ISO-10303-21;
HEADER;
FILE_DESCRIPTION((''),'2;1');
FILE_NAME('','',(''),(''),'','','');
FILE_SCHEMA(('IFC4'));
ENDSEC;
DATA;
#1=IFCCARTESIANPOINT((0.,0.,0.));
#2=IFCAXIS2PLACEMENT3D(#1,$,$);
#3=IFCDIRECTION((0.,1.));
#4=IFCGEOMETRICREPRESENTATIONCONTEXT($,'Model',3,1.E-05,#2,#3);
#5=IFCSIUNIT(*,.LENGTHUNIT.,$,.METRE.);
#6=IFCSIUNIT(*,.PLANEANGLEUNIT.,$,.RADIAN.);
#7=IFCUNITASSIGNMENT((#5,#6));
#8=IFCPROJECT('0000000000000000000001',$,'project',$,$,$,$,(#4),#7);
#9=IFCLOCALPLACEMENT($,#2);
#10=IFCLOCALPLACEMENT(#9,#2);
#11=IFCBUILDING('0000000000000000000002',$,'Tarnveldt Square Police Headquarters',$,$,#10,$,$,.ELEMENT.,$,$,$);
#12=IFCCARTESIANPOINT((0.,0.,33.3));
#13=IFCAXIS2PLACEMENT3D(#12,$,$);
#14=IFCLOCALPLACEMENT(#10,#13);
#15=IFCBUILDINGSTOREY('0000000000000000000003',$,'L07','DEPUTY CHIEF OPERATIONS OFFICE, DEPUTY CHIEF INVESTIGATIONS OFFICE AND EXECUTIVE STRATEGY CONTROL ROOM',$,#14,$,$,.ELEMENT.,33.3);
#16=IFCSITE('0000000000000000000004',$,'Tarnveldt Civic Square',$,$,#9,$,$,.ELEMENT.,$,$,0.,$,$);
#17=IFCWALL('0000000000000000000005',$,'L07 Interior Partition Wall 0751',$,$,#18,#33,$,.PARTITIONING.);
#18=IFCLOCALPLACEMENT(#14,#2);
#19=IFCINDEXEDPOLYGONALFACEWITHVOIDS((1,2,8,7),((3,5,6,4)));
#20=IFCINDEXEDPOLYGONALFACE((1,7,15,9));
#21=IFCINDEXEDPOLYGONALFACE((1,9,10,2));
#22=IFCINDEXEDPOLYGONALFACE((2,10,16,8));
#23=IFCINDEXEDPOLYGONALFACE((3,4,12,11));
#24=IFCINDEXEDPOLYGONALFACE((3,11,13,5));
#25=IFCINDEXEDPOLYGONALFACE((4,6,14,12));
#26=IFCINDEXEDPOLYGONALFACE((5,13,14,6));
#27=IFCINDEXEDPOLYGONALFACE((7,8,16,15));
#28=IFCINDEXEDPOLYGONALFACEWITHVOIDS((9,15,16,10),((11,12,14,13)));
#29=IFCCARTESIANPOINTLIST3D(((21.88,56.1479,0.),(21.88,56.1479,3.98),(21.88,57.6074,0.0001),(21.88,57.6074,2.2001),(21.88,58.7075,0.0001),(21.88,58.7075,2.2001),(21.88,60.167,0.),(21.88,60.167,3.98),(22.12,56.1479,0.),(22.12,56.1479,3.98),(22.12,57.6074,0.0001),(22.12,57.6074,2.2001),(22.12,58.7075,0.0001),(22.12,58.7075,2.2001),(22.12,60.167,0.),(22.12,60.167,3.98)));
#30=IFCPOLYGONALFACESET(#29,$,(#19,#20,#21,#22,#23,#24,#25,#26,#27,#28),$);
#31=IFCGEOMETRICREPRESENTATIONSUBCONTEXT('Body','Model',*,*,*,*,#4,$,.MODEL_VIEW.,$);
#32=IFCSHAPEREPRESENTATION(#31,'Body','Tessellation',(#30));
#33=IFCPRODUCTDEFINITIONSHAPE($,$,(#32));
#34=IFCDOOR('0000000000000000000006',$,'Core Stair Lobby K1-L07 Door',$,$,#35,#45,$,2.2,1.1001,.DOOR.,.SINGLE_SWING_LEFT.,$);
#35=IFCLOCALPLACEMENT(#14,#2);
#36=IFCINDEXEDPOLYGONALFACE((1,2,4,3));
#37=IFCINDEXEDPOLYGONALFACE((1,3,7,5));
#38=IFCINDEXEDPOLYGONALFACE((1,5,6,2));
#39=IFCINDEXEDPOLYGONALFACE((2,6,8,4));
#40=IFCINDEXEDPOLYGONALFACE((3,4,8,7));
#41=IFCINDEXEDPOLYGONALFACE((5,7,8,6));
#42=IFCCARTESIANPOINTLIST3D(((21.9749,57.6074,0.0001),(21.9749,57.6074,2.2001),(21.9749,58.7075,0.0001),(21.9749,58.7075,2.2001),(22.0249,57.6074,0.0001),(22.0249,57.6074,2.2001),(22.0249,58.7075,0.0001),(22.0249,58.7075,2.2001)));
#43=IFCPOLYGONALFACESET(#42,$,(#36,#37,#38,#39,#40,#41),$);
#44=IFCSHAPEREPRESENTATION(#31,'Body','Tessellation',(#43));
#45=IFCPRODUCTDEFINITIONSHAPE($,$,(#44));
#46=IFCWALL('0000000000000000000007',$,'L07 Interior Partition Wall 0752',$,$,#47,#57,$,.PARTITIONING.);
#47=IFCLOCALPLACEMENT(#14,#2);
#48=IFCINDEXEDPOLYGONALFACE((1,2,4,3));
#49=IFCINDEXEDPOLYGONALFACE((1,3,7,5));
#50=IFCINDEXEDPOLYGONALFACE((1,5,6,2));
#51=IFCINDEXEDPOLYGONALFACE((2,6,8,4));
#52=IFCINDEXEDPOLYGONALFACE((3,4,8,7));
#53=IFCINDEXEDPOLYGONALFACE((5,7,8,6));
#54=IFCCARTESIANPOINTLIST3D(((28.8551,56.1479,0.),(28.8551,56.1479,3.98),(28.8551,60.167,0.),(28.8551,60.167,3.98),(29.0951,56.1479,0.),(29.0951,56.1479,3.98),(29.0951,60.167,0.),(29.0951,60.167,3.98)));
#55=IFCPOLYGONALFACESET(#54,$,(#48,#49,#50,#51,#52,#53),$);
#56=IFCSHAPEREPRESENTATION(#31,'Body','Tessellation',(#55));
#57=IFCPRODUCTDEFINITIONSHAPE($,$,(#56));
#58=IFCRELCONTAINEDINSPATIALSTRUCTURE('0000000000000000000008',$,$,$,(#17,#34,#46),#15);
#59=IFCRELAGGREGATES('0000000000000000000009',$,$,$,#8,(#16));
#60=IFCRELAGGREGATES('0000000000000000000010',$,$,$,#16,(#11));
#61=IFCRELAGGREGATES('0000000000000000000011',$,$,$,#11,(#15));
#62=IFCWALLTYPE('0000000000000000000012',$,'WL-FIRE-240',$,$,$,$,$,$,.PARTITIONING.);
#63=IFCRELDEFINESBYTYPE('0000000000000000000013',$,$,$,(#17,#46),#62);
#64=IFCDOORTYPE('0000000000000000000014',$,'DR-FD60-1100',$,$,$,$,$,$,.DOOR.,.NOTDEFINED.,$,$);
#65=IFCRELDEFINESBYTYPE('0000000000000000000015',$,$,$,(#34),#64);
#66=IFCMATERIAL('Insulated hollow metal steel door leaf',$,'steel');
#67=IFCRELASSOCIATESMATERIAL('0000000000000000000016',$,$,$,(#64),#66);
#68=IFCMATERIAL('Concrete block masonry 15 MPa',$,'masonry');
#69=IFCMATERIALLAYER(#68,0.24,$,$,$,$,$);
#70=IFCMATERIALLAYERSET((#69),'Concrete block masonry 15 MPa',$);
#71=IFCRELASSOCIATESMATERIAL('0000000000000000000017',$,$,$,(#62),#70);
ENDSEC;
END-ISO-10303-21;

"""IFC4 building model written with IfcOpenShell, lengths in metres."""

from ifc_helpers import new_model, si_unit, direction, frame, frame_2d, origin, place, context, subcontext, project, spatial, rectangle, extrude, material, layer, layer_set, type_object, element, fill, save


model = new_model("IFC4")

# Units and contexts
model_context = context("Model", 3, precision=1e-05, world=origin(), true_north=direction((0.0, 1.0)))
body_context = subcontext(model_context, "Body", "Model", "MODEL_VIEW")
ifc_project = project(units=[si_unit("LENGTHUNIT", "METRE"), si_unit("PLANEANGLEUNIT", "RADIAN")], contexts=[model_context])

# Site, building, storey
site_placement = place(None, origin())
site = spatial("IfcSite", under=ifc_project, at=site_placement, Name="Tarnveldt Civic Square", CompositionType="ELEMENT", RefElevation=0.0)
building_placement = place(site_placement, origin())
building = spatial("IfcBuilding", under=site, at=building_placement, Name="Tarnveldt Square Police Headquarters", CompositionType="ELEMENT")
storey_placement = place(building_placement, frame((0.0, 0.0, 33.3)))
storey = spatial("IfcBuildingStorey", under=building, at=storey_placement, Name="L07", Description="DEPUTY CHIEF OPERATIONS OFFICE, DEPUTY CHIEF INVESTIGATIONS OFFICE AND EXECUTIVE STRATEGY CONTROL ROOM", CompositionType="ELEMENT", Elevation=33.3)

# Wall, opening, door
ifc_material_1 = material(Name="Insulated hollow metal steel door leaf", Category="steel")
door_type = type_object("IfcDoorType", Name="DR-FD60-1100", OperationType="NOTDEFINED", PredefinedType="DOOR", material=ifc_material_1)
ifc_material_2 = material(Name="Concrete block masonry 15 MPa", Category="masonry")
ifc_layer_1 = layer(ifc_material_2, 0.24)
ifc_layer_set_1 = layer_set([ifc_layer_1], Name="Concrete block masonry 15 MPa")
wall_type_1 = type_object("IfcWallType", Name="WL-FIRE-240", PredefinedType="PARTITIONING", material=ifc_layer_set_1)
wall_1_placement = place(storey_placement, frame((22.0, 56.1479, 0.0), z_axis=(0.0, 0.0, 1.0), x_axis=(0.0, 1.0, 0.0)))
wall_1 = element("IfcWall", 1, at=wall_1_placement, inside=storey, type_object=wall_type_1, Name="L07 Interior Partition Wall 0751", PredefinedType="PARTITIONING", context=body_context, shape_type="SweptSolid", body=[
    extrude(rectangle(XDim=4.019, YDim=0.24, at=frame_2d((2.0095, 0.0))), origin(), (0.0, 0.0, 1.0), 3.98),
])
opening_1_placement = place(wall_1_placement, frame((1.4595, 0.0, 0.0)))
opening_1 = element("IfcOpeningElement", 2, at=opening_1_placement, cuts=wall_1, PredefinedType="OPENING", context=body_context, shape_type="SweptSolid", body=[
    extrude(rectangle(XDim=1.1001, YDim=2.2, at=frame_2d((0.55, 1.1001))), frame((0.0, 0.1299, 0.0), z_axis=(0.0, -1.0, 0.0), x_axis=(1.0, 0.0, 0.0)), (0.0, 0.0, 1.0), 0.26),
])
door_1_placement = place(opening_1_placement, frame((1.1001, 0.0, 0.0), z_axis=(0.0, 0.0, 1.0), x_axis=(-1.0, 0.0, 0.0)))
door_1 = element("IfcDoor", 3, at=door_1_placement, inside=storey, type_object=door_type, Name="Core Stair Lobby K1-L07 Door", OperationType="SINGLE_SWING_LEFT", OverallHeight=2.2, OverallWidth=1.1001, PredefinedType="DOOR", context=body_context, shape_type="SweptSolid", body=[
    extrude(rectangle(XDim=1.1001, YDim=2.2, at=frame_2d((0.55, 1.1001))), frame((0.0, 0.0249, 0.0), z_axis=(0.0, -1.0, 0.0), x_axis=(1.0, 0.0, 0.0)), (0.0, 0.0, 1.0), 0.05),
])
fill(opening_1, door_1)

# Wall
wall_2_placement = place(storey_placement, frame((28.9751, 56.1479, 0.0), z_axis=(0.0, 0.0, 1.0), x_axis=(0.0, 1.0, 0.0)))
element("IfcWall", 4, at=wall_2_placement, inside=storey, type_object=wall_type_1, Name="L07 Interior Partition Wall 0752", PredefinedType="PARTITIONING", context=body_context, shape_type="SweptSolid", body=[
    extrude(rectangle(XDim=4.019, YDim=0.24, at=frame_2d((2.0095, 0.0))), origin(), (0.0, 0.0, 1.0), 3.98),
])

save(model, "model.ifc")
